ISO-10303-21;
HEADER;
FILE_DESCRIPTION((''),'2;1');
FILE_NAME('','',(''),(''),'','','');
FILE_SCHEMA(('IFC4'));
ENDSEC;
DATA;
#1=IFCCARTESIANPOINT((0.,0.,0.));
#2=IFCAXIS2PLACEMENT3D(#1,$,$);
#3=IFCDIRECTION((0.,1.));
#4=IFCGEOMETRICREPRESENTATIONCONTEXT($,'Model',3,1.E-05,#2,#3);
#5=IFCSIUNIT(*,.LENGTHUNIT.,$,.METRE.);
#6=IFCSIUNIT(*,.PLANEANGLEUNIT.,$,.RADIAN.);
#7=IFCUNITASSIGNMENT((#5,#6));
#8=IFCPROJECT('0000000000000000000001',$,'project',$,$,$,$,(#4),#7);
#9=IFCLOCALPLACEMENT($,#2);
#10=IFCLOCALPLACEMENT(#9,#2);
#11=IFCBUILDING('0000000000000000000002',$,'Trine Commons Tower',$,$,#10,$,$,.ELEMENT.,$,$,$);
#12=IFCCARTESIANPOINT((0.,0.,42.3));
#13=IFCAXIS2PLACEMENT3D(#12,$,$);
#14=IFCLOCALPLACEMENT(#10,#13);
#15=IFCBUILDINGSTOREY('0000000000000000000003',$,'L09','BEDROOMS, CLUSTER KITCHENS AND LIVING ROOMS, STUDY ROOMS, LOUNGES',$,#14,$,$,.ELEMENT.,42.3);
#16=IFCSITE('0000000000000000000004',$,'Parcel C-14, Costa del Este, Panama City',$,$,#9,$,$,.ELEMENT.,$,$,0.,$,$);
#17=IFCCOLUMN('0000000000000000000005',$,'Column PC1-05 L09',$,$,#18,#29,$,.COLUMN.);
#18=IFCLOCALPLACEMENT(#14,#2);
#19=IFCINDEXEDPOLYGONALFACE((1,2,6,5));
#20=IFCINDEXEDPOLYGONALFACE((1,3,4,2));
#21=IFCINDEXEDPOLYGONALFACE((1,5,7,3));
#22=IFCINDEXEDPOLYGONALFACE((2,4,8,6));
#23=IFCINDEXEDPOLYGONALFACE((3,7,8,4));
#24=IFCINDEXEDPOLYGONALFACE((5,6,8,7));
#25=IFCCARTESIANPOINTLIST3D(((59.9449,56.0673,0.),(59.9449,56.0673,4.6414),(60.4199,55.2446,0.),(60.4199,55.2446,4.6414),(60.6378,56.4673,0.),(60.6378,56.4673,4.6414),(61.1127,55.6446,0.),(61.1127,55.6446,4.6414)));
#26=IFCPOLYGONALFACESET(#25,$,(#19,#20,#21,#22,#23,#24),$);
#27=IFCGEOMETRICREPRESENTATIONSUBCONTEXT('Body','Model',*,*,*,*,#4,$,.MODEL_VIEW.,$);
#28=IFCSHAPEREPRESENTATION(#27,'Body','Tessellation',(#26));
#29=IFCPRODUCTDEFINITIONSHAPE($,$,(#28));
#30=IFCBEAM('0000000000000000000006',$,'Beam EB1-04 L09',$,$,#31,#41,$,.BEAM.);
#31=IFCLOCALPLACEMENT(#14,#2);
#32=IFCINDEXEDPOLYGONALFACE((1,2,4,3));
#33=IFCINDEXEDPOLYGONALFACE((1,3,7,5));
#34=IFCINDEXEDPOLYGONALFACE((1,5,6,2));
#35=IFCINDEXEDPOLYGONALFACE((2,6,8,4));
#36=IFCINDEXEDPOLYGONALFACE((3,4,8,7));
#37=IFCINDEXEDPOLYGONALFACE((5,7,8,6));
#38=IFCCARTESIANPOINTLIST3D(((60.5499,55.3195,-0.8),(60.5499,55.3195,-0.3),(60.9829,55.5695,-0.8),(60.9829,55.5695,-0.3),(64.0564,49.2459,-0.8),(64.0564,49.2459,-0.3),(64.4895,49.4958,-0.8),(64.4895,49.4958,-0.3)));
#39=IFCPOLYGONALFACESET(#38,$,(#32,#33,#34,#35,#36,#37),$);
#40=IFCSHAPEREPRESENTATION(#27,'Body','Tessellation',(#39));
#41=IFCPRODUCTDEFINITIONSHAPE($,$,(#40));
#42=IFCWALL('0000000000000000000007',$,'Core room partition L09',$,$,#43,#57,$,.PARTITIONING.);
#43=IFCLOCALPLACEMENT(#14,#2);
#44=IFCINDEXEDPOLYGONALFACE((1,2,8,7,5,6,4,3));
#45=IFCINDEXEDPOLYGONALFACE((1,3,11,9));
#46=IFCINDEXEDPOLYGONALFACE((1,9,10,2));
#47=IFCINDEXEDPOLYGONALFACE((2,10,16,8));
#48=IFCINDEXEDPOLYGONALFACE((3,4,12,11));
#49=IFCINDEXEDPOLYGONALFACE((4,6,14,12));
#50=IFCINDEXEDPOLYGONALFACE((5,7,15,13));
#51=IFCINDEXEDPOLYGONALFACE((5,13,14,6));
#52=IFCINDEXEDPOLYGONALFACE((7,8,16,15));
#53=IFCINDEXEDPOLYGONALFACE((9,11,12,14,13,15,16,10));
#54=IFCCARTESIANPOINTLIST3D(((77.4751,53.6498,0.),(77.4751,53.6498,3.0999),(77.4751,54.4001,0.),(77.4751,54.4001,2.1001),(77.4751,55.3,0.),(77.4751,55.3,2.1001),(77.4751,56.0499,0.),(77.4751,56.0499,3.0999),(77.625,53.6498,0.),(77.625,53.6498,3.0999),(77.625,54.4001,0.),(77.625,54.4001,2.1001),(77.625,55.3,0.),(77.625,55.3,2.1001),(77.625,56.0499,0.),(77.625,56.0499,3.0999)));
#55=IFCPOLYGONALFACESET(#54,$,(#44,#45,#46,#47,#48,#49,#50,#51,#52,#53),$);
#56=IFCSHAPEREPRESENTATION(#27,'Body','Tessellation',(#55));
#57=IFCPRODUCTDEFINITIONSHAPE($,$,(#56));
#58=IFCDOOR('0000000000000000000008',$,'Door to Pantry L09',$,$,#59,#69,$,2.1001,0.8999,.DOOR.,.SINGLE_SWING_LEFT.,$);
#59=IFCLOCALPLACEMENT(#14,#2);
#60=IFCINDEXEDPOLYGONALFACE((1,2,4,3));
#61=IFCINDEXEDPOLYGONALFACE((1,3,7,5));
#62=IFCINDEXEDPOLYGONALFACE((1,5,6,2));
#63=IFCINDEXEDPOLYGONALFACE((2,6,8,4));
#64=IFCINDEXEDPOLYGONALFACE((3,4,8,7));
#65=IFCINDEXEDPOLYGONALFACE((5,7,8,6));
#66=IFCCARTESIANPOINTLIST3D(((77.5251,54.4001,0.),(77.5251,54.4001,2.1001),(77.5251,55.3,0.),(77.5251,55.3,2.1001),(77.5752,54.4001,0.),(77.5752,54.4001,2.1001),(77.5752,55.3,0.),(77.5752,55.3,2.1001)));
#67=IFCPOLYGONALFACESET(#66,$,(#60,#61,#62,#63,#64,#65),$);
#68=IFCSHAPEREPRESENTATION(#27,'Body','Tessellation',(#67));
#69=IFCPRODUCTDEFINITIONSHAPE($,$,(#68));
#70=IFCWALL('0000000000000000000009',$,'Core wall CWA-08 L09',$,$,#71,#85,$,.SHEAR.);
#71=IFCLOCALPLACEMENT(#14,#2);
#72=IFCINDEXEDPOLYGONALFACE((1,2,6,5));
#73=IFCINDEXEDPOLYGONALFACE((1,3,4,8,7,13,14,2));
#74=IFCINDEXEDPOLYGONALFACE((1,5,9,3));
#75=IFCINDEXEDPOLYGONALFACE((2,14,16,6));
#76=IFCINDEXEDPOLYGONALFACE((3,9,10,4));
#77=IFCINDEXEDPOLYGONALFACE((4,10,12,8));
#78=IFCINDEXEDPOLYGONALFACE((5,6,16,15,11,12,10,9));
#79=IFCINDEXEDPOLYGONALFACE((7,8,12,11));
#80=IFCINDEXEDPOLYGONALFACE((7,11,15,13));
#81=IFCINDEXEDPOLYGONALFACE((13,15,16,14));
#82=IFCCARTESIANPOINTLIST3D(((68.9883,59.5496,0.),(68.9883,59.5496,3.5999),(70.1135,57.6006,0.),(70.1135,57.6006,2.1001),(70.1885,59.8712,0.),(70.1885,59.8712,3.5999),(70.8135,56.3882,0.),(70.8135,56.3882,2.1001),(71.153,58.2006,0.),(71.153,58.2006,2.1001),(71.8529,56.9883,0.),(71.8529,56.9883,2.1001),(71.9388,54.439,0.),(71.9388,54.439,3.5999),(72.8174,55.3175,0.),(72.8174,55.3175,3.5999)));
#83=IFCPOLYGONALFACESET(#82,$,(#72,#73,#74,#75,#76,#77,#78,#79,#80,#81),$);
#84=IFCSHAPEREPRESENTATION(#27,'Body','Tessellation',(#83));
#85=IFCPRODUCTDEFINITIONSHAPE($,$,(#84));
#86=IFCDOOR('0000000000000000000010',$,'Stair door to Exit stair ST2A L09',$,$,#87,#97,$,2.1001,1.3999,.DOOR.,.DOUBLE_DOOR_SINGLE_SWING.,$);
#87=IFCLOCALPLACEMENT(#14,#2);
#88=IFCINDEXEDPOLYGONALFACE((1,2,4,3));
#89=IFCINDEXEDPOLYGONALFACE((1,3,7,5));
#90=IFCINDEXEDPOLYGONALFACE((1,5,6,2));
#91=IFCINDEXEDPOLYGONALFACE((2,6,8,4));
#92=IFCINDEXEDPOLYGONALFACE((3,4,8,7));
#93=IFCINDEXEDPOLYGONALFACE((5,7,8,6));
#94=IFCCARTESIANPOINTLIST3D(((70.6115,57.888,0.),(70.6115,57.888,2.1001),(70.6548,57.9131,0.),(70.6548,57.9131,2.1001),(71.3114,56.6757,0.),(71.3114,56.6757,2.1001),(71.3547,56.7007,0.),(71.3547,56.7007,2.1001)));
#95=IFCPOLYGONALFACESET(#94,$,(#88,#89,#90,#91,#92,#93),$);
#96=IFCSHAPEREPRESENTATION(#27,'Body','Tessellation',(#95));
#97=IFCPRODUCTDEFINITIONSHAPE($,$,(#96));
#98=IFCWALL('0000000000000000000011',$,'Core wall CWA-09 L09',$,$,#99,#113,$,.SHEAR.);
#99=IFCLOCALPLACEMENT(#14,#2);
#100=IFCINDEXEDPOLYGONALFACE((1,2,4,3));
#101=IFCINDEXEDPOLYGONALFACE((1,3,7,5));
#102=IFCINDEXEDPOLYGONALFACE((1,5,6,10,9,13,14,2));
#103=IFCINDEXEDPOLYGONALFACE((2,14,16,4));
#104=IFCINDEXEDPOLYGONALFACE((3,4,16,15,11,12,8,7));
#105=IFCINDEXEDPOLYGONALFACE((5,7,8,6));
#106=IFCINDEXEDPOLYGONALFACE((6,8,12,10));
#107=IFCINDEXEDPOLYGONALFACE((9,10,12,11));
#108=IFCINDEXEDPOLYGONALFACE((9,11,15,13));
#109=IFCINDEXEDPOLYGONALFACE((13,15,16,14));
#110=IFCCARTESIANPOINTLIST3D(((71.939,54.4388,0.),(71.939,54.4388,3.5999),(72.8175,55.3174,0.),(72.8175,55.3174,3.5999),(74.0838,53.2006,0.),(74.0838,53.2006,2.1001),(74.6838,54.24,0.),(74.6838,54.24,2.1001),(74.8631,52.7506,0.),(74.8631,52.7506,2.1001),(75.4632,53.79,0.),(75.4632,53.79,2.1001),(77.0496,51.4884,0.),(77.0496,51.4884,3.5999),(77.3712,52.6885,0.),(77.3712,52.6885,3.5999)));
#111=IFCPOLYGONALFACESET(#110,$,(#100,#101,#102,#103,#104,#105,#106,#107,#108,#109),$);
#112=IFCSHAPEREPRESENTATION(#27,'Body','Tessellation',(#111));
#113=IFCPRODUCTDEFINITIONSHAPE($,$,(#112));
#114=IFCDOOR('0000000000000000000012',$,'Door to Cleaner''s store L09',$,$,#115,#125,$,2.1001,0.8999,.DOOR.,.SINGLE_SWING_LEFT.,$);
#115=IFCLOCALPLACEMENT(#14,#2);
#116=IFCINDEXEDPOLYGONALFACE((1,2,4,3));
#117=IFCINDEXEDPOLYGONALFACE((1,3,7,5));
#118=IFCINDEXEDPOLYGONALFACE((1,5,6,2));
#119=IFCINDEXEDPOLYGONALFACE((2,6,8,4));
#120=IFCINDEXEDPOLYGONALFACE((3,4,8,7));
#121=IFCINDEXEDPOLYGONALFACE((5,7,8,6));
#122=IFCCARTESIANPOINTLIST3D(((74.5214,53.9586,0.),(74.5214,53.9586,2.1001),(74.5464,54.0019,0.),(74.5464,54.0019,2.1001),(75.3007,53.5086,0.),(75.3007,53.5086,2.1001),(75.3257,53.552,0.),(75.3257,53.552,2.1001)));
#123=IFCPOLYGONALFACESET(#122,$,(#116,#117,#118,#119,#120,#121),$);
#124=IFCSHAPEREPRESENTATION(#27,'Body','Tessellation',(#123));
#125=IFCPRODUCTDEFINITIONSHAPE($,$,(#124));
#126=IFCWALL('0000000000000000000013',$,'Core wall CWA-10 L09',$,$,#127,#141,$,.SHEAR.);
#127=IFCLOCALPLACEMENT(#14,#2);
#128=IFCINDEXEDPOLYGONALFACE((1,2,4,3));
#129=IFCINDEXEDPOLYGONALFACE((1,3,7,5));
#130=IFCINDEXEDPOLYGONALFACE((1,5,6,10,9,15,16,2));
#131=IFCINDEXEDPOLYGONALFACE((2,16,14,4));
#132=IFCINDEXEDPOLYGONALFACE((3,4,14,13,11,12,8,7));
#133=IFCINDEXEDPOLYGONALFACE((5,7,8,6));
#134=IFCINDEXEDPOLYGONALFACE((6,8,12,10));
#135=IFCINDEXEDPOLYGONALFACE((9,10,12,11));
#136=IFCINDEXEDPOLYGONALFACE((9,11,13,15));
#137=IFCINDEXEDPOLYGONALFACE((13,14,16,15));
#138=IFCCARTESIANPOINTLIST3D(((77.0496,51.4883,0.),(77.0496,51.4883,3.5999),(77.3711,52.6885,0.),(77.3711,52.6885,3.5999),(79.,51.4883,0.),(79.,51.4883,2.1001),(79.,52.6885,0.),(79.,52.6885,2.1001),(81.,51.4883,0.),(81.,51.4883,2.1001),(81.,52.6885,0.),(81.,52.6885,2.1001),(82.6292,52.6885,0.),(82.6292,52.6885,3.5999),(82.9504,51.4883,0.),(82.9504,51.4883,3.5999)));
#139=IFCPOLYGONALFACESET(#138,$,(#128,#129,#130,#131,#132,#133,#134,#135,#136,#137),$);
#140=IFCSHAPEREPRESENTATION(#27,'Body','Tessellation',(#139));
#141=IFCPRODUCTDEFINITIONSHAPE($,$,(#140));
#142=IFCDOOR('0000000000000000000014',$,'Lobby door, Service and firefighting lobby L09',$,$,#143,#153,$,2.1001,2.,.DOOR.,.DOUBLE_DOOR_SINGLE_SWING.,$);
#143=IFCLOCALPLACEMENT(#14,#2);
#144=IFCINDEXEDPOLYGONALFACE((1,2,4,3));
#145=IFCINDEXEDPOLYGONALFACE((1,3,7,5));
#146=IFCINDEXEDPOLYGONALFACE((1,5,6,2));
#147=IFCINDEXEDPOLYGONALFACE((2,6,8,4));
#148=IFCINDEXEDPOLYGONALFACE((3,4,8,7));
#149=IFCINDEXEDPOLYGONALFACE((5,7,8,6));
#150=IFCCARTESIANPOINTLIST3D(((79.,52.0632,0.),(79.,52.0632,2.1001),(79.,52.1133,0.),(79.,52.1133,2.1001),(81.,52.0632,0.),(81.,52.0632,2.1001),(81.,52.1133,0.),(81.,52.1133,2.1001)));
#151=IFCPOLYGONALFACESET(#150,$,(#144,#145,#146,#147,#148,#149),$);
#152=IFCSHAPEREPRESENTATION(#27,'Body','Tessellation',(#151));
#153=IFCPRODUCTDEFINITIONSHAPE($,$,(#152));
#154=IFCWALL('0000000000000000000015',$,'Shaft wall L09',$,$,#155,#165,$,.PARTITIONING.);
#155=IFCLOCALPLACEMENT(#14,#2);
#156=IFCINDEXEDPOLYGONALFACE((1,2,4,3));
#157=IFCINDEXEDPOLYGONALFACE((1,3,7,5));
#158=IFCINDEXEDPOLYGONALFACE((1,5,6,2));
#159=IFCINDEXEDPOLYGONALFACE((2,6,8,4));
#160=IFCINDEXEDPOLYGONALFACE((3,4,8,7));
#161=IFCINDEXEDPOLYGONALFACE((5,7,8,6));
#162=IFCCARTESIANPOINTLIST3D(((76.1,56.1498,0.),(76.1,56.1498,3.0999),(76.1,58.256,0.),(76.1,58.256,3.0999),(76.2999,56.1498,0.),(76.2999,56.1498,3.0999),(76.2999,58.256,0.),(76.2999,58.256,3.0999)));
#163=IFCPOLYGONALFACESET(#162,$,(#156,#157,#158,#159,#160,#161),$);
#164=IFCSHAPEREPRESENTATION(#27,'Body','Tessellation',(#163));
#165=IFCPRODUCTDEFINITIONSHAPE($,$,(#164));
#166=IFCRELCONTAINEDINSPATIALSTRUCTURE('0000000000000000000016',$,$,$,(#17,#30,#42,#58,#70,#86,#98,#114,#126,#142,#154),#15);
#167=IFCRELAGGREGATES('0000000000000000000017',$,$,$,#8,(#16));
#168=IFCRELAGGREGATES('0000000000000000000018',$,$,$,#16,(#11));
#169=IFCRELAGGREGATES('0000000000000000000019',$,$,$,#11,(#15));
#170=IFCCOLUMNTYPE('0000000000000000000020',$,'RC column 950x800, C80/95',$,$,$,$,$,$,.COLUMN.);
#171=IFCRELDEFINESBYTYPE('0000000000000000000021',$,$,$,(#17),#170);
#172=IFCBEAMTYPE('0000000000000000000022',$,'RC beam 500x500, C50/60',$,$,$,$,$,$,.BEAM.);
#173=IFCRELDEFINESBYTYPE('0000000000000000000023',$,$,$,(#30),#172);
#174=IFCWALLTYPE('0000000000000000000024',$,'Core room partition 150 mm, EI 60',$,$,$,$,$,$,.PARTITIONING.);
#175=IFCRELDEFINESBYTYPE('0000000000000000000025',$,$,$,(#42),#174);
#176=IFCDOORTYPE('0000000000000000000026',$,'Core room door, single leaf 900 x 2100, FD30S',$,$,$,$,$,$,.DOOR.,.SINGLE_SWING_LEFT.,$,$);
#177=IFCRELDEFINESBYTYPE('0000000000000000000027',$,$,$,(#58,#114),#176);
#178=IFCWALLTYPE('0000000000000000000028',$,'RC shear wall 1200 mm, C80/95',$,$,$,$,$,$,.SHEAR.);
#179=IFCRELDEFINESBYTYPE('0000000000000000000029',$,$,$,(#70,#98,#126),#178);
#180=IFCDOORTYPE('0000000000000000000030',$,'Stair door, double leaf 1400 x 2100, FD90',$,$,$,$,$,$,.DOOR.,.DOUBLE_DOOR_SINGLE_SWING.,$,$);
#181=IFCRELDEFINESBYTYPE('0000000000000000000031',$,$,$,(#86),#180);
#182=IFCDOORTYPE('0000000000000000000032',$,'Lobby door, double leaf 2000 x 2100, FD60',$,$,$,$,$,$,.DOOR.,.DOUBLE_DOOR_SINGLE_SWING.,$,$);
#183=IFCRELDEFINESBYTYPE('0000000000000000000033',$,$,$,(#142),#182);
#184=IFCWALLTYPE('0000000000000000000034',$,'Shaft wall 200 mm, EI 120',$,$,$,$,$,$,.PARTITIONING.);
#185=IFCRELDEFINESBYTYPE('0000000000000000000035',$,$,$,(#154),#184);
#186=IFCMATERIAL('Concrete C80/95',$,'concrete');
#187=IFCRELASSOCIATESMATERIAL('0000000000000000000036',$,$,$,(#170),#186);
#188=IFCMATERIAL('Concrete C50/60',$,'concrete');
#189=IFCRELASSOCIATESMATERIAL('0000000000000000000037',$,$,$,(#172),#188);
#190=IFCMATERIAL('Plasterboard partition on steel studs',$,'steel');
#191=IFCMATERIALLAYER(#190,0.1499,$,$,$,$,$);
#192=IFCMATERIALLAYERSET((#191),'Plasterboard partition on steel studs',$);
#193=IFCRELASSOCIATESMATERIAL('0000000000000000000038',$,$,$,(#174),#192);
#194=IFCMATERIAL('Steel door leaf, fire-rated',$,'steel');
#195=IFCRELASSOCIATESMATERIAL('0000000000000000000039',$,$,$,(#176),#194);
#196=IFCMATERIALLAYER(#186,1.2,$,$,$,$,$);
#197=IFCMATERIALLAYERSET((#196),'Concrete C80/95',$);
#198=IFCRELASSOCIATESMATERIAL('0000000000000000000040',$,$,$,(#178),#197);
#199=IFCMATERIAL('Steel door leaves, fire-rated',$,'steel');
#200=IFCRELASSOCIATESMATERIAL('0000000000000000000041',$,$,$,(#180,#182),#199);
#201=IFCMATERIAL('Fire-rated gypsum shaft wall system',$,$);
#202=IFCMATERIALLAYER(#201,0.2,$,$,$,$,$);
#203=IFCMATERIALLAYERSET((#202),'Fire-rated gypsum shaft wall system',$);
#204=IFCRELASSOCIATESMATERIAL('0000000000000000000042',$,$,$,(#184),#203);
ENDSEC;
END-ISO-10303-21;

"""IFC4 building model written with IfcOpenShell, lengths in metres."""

from ifc_helpers import new_model, si_unit, direction, frame, frame_2d, origin, origin_2d, place, context, subcontext, project, spatial, polyline, rectangle, outline, extrude, material, layer, layer_set, material_profile, profile_set, type_object, element, fill, save


model = new_model("IFC4")

# Units and contexts
model_context = context("Model", 3, precision=1e-05, world=origin(), true_north=direction((0.0, 1.0)))
body_context = subcontext(model_context, "Body", "Model", "MODEL_VIEW")
ifc_project = project(units=[si_unit("LENGTHUNIT", "METRE"), si_unit("PLANEANGLEUNIT", "RADIAN")], contexts=[model_context])

# Site, building, storey
site_placement = place(None, origin())
site = spatial("IfcSite", under=ifc_project, at=site_placement, Name="Parcel C-14, Costa del Este, Panama City", CompositionType="ELEMENT", RefElevation=0.0)
building_placement = place(site_placement, origin())
building = spatial("IfcBuilding", under=site, at=building_placement, Name="Trine Commons Tower", CompositionType="ELEMENT")
storey_placement = place(building_placement, frame((0.0, 0.0, 42.3)))
storey = spatial("IfcBuildingStorey", under=building, at=storey_placement, Name="L09", Description="BEDROOMS, CLUSTER KITCHENS AND LIVING ROOMS, STUDY ROOMS, LOUNGES", CompositionType="ELEMENT", Elevation=42.3)

# Column
ifc_material_1 = material(Name="Concrete C80/95", Category="concrete")
ifc_material_profile_1 = material_profile(ifc_material_1, rectangle(XDim=0.95, YDim=0.8, at=origin_2d()), Name="RC 950x800")
ifc_profile_set_1 = profile_set([ifc_material_profile_1], Name="Concrete C80/95")
column_type = type_object("IfcColumnType", Name="RC column 950x800, C80/95", PredefinedType="COLUMN", material=ifc_profile_set_1)
column_placement = place(storey_placement, frame((60.5288, 55.856, 0.0), z_axis=(0.0, 0.0, 1.0), x_axis=(-0.5, 0.866025, 0.0)))
element("IfcColumn", 1, at=column_placement, inside=storey, type_object=column_type, Name="Column PC1-05 L09", PredefinedType="COLUMN", context=body_context, shape_type="SweptSolid", body=[
    extrude(rectangle(XDim=0.95, YDim=0.8, at=origin_2d()), origin(), (0.0, 0.0, 1.0), 4.6414),
])

# Beam
ifc_material_2 = material(Name="Concrete C50/60", Category="concrete")
ifc_material_profile_2 = material_profile(ifc_material_2, rectangle(XDim=0.5, YDim=0.5, at=origin_2d()), Name="RC 500x500")
ifc_profile_set_2 = profile_set([ifc_material_profile_2], Name="Concrete C50/60")
beam_type = type_object("IfcBeamType", Name="RC beam 500x500, C50/60", PredefinedType="BEAM", material=ifc_profile_set_2)
beam_placement = place(storey_placement, frame((64.2729, 49.3708, -0.55), z_axis=(-0.499992, 0.86603, 0.0), x_axis=(-0.86603, -0.499992, 0.0)))
element("IfcBeam", 2, at=beam_placement, inside=storey, type_object=beam_type, Name="Beam EB1-04 L09", PredefinedType="BEAM", context=body_context, shape_type="SweptSolid", body=[
    extrude(rectangle(XDim=0.5, YDim=0.5, at=origin_2d()), origin(), (0.0, 0.0, 1.0), 7.0132),
])

# Walls, openings, doors
ifc_material_3 = material(Name="Plasterboard partition on steel studs", Category="steel")
ifc_layer_1 = layer(ifc_material_3, 0.1499)
ifc_layer_set_1 = layer_set([ifc_layer_1], Name="Plasterboard partition on steel studs")
wall_type_1 = type_object("IfcWallType", Name="Core room partition 150 mm, EI 60", PredefinedType="PARTITIONING", material=ifc_layer_set_1)
wall_1_placement = place(storey_placement, frame((77.55, 56.05, 0.0), z_axis=(0.0, 0.0, 1.0), x_axis=(0.0, -1.0, 0.0)))
wall_1 = element("IfcWall", 3, at=wall_1_placement, inside=storey, type_object=wall_type_1, Name="Core room partition L09", PredefinedType="PARTITIONING", context=body_context, shape_type="SweptSolid", body=[
    extrude(rectangle(XDim=2.4001, YDim=0.1499, at=frame_2d((1.2002, 0.0))), origin(), (0.0, 0.0, 1.0), 3.0999),
])
opening_1_placement = place(wall_1_placement, frame((0.75, 0.0, 0.0)))
opening_1 = element("IfcOpeningElement", 4, at=opening_1_placement, cuts=wall_1, PredefinedType="OPENING", context=body_context, shape_type="SweptSolid", body=[
    extrude(rectangle(XDim=0.8999, YDim=2.1001, at=frame_2d((0.45, 1.05))), frame((0.0, 0.085, 0.0), z_axis=(0.0, -1.0, 0.0), x_axis=(1.0, 0.0, 0.0)), (0.0, 0.0, 1.0), 0.1699),
])
ifc_material_4 = material(Name="Steel door leaf, fire-rated", Category="steel")
door_type_1 = type_object("IfcDoorType", Name="Core room door, single leaf 900 x 2100, FD30S", OperationType="SINGLE_SWING_LEFT", PredefinedType="DOOR", material=ifc_material_4)
door_1_placement = place(opening_1_placement, frame((0.8999, 0.0, 0.0), z_axis=(0.0, 0.0, 1.0), x_axis=(-1.0, 0.0, 0.0)))
door_1 = element("IfcDoor", 5, at=door_1_placement, inside=storey, type_object=door_type_1, Name="Door to Pantry L09", OperationType="SINGLE_SWING_LEFT", OverallHeight=2.1001, OverallWidth=0.8999, PredefinedType="DOOR", context=body_context, shape_type="SweptSolid", body=[
    extrude(rectangle(XDim=0.8999, YDim=2.1001, at=frame_2d((0.45, 1.05))), frame((0.0, 0.0249, 0.0), z_axis=(0.0, -1.0, 0.0), x_axis=(1.0, 0.0, 0.0)), (0.0, 0.0, 1.0), 0.05),
])
fill(opening_1, door_1)
ifc_layer_2 = layer(ifc_material_1, 1.2)
ifc_layer_set_2 = layer_set([ifc_layer_2], Name="Concrete C80/95")
wall_type_2 = type_object("IfcWallType", Name="RC shear wall 1200 mm, C80/95", PredefinedType="SHEAR", material=ifc_layer_set_2)
wall_2_placement = place(storey_placement, frame((69.5081, 59.8496, 0.0), z_axis=(0.0, 0.0, 1.0), x_axis=(0.499979, -0.866037, 0.0)))
wall_2 = element("IfcWall", 6, at=wall_2_placement, inside=storey, type_object=wall_type_2, Name="Core wall CWA-08 L09", PredefinedType="SHEAR", context=body_context, shape_type="SweptSolid", body=[
    extrude(outline(polyline([(0.0, -0.6001), (5.9011, -0.6001), (5.5796, 0.6001), (0.3215, 0.6001), (0.0, -0.6001)])), origin(), (0.0, 0.0, 1.0), 3.5999),
])
opening_2_placement = place(wall_2_placement, frame((2.2505, 0.0, 0.0)))
opening_2 = element("IfcOpeningElement", 7, at=opening_2_placement, cuts=wall_2, PredefinedType="OPENING", context=body_context, shape_type="SweptSolid", body=[
    extrude(rectangle(XDim=1.3999, YDim=2.1001, at=frame_2d((0.7, 1.05))), frame((0.0, 0.6099, 0.0), z_axis=(0.0, -1.0, 0.0), x_axis=(1.0, 0.0, 0.0)), (0.0, 0.0, 1.0), 1.22),
])
ifc_material_5 = material(Name="Steel door leaves, fire-rated", Category="steel")
door_type_2 = type_object("IfcDoorType", Name="Stair door, double leaf 1400 x 2100, FD90", OperationType="DOUBLE_DOOR_SINGLE_SWING", PredefinedType="DOOR", material=ifc_material_5)
door_2_placement = place(opening_2_placement, origin())
door_2 = element("IfcDoor", 8, at=door_2_placement, inside=storey, type_object=door_type_2, Name="Stair door to Exit stair ST2A L09", OperationType="DOUBLE_DOOR_SINGLE_SWING", OverallHeight=2.1001, OverallWidth=1.3999, PredefinedType="DOOR", context=body_context, shape_type="SweptSolid", body=[
    extrude(rectangle(XDim=1.3999, YDim=2.1001, at=frame_2d((0.7, 1.05))), frame((0.0, 0.0249, 0.0), z_axis=(0.0, -1.0, 0.0), x_axis=(1.0, 0.0, 0.0)), (0.0, 0.0, 1.0), 0.05),
])
fill(opening_2, door_2)
wall_3_placement = place(storey_placement, frame((72.239, 54.9585, 0.0), z_axis=(0.0, 0.0, 1.0), x_axis=(0.866037, -0.499979, 0.0)))
wall_3 = element("IfcWall", 9, at=wall_3_placement, inside=storey, type_object=wall_type_2, Name="Core wall CWA-09 L09", PredefinedType="SHEAR", context=body_context, shape_type="SweptSolid", body=[
    extrude(outline(polyline([(0.0, -0.6001), (5.9011, -0.6001), (5.5796, 0.6001), (0.3215, 0.6001), (0.0, -0.6001)])), origin(), (0.0, 0.0, 1.0), 3.5999),
])
opening_3_placement = place(wall_3_placement, frame((2.4766, 0.0, 0.0)))
opening_3 = element("IfcOpeningElement", 10, at=opening_3_placement, cuts=wall_3, PredefinedType="OPENING", context=body_context, shape_type="SweptSolid", body=[
    extrude(rectangle(XDim=0.8999, YDim=2.1001, at=frame_2d((0.45, 1.05))), frame((0.0, 0.6099, 0.0), z_axis=(0.0, -1.0, 0.0), x_axis=(1.0, 0.0, 0.0)), (0.0, 0.0, 1.0), 1.22),
])
door_3_placement = place(opening_3_placement, origin())
door_3 = element("IfcDoor", 11, at=door_3_placement, inside=storey, type_object=door_type_1, Name="Door to Cleaner's store L09", OperationType="SINGLE_SWING_LEFT", OverallHeight=2.1001, OverallWidth=0.8999, PredefinedType="DOOR", context=body_context, shape_type="SweptSolid", body=[
    extrude(rectangle(XDim=0.8999, YDim=2.1001, at=frame_2d((0.45, 1.05))), frame((0.0, 0.3252, 0.0), z_axis=(0.0, -1.0, 0.0), x_axis=(1.0, 0.0, 0.0)), (0.0, 0.0, 1.0), 0.05),
])
fill(opening_3, door_3)
wall_4_placement = place(storey_placement, frame((77.0496, 52.0884, 0.0), z_axis=(0.0, 0.0, 1.0), x_axis=(1.0, 0.0, 0.0)))
wall_4 = element("IfcWall", 12, at=wall_4_placement, inside=storey, type_object=wall_type_2, Name="Core wall CWA-10 L09", PredefinedType="SHEAR", context=body_context, shape_type="SweptSolid", body=[
    extrude(outline(polyline([(0.0, -0.6001), (5.9009, -0.6001), (5.5796, 0.6001), (0.3215, 0.6001), (0.0, -0.6001)])), origin(), (0.0, 0.0, 1.0), 3.5999),
])
opening_4_placement = place(wall_4_placement, frame((1.9504, 0.0, 0.0)))
opening_4 = element("IfcOpeningElement", 13, at=opening_4_placement, cuts=wall_4, PredefinedType="OPENING", context=body_context, shape_type="SweptSolid", body=[
    extrude(rectangle(XDim=2.0, YDim=2.1001, at=frame_2d((1.0, 1.05))), frame((0.0, 0.6099, 0.0), z_axis=(0.0, -1.0, 0.0), x_axis=(1.0, 0.0, 0.0)), (0.0, 0.0, 1.0), 1.22),
])
door_type_3 = type_object("IfcDoorType", Name="Lobby door, double leaf 2000 x 2100, FD60", OperationType="DOUBLE_DOOR_SINGLE_SWING", PredefinedType="DOOR", material=ifc_material_5)
door_4_placement = place(opening_4_placement, origin())
door_4 = element("IfcDoor", 14, at=door_4_placement, inside=storey, type_object=door_type_3, Name="Lobby door, Service and firefighting lobby L09", OperationType="DOUBLE_DOOR_SINGLE_SWING", OverallHeight=2.1001, OverallWidth=2.0, PredefinedType="DOOR", context=body_context, shape_type="SweptSolid", body=[
    extrude(rectangle(XDim=2.0, YDim=2.1001, at=frame_2d((1.0, 1.05))), frame((0.0, 0.0249, 0.0), z_axis=(0.0, -1.0, 0.0), x_axis=(1.0, 0.0, 0.0)), (0.0, 0.0, 1.0), 0.05),
])
fill(opening_4, door_4)

# Wall
ifc_material_6 = material(Name="Fire-rated gypsum shaft wall system")
ifc_layer_3 = layer(ifc_material_6, 0.2)
ifc_layer_set_3 = layer_set([ifc_layer_3], Name="Fire-rated gypsum shaft wall system")
wall_type_3 = type_object("IfcWallType", Name="Shaft wall 200 mm, EI 120", PredefinedType="PARTITIONING", material=ifc_layer_set_3)
wall_5_placement = place(storey_placement, frame((76.2, 58.2561, 0.0), z_axis=(0.0, 0.0, 1.0), x_axis=(0.0, -1.0, 0.0)))
element("IfcWall", 15, at=wall_5_placement, inside=storey, type_object=wall_type_3, Name="Shaft wall L09", PredefinedType="PARTITIONING", context=body_context, shape_type="SweptSolid", body=[
    extrude(rectangle(XDim=2.1062, YDim=0.2, at=frame_2d((1.0532, 0.0))), origin(), (0.0, 0.0, 1.0), 3.0999),
])

save(model, "model.ifc")
